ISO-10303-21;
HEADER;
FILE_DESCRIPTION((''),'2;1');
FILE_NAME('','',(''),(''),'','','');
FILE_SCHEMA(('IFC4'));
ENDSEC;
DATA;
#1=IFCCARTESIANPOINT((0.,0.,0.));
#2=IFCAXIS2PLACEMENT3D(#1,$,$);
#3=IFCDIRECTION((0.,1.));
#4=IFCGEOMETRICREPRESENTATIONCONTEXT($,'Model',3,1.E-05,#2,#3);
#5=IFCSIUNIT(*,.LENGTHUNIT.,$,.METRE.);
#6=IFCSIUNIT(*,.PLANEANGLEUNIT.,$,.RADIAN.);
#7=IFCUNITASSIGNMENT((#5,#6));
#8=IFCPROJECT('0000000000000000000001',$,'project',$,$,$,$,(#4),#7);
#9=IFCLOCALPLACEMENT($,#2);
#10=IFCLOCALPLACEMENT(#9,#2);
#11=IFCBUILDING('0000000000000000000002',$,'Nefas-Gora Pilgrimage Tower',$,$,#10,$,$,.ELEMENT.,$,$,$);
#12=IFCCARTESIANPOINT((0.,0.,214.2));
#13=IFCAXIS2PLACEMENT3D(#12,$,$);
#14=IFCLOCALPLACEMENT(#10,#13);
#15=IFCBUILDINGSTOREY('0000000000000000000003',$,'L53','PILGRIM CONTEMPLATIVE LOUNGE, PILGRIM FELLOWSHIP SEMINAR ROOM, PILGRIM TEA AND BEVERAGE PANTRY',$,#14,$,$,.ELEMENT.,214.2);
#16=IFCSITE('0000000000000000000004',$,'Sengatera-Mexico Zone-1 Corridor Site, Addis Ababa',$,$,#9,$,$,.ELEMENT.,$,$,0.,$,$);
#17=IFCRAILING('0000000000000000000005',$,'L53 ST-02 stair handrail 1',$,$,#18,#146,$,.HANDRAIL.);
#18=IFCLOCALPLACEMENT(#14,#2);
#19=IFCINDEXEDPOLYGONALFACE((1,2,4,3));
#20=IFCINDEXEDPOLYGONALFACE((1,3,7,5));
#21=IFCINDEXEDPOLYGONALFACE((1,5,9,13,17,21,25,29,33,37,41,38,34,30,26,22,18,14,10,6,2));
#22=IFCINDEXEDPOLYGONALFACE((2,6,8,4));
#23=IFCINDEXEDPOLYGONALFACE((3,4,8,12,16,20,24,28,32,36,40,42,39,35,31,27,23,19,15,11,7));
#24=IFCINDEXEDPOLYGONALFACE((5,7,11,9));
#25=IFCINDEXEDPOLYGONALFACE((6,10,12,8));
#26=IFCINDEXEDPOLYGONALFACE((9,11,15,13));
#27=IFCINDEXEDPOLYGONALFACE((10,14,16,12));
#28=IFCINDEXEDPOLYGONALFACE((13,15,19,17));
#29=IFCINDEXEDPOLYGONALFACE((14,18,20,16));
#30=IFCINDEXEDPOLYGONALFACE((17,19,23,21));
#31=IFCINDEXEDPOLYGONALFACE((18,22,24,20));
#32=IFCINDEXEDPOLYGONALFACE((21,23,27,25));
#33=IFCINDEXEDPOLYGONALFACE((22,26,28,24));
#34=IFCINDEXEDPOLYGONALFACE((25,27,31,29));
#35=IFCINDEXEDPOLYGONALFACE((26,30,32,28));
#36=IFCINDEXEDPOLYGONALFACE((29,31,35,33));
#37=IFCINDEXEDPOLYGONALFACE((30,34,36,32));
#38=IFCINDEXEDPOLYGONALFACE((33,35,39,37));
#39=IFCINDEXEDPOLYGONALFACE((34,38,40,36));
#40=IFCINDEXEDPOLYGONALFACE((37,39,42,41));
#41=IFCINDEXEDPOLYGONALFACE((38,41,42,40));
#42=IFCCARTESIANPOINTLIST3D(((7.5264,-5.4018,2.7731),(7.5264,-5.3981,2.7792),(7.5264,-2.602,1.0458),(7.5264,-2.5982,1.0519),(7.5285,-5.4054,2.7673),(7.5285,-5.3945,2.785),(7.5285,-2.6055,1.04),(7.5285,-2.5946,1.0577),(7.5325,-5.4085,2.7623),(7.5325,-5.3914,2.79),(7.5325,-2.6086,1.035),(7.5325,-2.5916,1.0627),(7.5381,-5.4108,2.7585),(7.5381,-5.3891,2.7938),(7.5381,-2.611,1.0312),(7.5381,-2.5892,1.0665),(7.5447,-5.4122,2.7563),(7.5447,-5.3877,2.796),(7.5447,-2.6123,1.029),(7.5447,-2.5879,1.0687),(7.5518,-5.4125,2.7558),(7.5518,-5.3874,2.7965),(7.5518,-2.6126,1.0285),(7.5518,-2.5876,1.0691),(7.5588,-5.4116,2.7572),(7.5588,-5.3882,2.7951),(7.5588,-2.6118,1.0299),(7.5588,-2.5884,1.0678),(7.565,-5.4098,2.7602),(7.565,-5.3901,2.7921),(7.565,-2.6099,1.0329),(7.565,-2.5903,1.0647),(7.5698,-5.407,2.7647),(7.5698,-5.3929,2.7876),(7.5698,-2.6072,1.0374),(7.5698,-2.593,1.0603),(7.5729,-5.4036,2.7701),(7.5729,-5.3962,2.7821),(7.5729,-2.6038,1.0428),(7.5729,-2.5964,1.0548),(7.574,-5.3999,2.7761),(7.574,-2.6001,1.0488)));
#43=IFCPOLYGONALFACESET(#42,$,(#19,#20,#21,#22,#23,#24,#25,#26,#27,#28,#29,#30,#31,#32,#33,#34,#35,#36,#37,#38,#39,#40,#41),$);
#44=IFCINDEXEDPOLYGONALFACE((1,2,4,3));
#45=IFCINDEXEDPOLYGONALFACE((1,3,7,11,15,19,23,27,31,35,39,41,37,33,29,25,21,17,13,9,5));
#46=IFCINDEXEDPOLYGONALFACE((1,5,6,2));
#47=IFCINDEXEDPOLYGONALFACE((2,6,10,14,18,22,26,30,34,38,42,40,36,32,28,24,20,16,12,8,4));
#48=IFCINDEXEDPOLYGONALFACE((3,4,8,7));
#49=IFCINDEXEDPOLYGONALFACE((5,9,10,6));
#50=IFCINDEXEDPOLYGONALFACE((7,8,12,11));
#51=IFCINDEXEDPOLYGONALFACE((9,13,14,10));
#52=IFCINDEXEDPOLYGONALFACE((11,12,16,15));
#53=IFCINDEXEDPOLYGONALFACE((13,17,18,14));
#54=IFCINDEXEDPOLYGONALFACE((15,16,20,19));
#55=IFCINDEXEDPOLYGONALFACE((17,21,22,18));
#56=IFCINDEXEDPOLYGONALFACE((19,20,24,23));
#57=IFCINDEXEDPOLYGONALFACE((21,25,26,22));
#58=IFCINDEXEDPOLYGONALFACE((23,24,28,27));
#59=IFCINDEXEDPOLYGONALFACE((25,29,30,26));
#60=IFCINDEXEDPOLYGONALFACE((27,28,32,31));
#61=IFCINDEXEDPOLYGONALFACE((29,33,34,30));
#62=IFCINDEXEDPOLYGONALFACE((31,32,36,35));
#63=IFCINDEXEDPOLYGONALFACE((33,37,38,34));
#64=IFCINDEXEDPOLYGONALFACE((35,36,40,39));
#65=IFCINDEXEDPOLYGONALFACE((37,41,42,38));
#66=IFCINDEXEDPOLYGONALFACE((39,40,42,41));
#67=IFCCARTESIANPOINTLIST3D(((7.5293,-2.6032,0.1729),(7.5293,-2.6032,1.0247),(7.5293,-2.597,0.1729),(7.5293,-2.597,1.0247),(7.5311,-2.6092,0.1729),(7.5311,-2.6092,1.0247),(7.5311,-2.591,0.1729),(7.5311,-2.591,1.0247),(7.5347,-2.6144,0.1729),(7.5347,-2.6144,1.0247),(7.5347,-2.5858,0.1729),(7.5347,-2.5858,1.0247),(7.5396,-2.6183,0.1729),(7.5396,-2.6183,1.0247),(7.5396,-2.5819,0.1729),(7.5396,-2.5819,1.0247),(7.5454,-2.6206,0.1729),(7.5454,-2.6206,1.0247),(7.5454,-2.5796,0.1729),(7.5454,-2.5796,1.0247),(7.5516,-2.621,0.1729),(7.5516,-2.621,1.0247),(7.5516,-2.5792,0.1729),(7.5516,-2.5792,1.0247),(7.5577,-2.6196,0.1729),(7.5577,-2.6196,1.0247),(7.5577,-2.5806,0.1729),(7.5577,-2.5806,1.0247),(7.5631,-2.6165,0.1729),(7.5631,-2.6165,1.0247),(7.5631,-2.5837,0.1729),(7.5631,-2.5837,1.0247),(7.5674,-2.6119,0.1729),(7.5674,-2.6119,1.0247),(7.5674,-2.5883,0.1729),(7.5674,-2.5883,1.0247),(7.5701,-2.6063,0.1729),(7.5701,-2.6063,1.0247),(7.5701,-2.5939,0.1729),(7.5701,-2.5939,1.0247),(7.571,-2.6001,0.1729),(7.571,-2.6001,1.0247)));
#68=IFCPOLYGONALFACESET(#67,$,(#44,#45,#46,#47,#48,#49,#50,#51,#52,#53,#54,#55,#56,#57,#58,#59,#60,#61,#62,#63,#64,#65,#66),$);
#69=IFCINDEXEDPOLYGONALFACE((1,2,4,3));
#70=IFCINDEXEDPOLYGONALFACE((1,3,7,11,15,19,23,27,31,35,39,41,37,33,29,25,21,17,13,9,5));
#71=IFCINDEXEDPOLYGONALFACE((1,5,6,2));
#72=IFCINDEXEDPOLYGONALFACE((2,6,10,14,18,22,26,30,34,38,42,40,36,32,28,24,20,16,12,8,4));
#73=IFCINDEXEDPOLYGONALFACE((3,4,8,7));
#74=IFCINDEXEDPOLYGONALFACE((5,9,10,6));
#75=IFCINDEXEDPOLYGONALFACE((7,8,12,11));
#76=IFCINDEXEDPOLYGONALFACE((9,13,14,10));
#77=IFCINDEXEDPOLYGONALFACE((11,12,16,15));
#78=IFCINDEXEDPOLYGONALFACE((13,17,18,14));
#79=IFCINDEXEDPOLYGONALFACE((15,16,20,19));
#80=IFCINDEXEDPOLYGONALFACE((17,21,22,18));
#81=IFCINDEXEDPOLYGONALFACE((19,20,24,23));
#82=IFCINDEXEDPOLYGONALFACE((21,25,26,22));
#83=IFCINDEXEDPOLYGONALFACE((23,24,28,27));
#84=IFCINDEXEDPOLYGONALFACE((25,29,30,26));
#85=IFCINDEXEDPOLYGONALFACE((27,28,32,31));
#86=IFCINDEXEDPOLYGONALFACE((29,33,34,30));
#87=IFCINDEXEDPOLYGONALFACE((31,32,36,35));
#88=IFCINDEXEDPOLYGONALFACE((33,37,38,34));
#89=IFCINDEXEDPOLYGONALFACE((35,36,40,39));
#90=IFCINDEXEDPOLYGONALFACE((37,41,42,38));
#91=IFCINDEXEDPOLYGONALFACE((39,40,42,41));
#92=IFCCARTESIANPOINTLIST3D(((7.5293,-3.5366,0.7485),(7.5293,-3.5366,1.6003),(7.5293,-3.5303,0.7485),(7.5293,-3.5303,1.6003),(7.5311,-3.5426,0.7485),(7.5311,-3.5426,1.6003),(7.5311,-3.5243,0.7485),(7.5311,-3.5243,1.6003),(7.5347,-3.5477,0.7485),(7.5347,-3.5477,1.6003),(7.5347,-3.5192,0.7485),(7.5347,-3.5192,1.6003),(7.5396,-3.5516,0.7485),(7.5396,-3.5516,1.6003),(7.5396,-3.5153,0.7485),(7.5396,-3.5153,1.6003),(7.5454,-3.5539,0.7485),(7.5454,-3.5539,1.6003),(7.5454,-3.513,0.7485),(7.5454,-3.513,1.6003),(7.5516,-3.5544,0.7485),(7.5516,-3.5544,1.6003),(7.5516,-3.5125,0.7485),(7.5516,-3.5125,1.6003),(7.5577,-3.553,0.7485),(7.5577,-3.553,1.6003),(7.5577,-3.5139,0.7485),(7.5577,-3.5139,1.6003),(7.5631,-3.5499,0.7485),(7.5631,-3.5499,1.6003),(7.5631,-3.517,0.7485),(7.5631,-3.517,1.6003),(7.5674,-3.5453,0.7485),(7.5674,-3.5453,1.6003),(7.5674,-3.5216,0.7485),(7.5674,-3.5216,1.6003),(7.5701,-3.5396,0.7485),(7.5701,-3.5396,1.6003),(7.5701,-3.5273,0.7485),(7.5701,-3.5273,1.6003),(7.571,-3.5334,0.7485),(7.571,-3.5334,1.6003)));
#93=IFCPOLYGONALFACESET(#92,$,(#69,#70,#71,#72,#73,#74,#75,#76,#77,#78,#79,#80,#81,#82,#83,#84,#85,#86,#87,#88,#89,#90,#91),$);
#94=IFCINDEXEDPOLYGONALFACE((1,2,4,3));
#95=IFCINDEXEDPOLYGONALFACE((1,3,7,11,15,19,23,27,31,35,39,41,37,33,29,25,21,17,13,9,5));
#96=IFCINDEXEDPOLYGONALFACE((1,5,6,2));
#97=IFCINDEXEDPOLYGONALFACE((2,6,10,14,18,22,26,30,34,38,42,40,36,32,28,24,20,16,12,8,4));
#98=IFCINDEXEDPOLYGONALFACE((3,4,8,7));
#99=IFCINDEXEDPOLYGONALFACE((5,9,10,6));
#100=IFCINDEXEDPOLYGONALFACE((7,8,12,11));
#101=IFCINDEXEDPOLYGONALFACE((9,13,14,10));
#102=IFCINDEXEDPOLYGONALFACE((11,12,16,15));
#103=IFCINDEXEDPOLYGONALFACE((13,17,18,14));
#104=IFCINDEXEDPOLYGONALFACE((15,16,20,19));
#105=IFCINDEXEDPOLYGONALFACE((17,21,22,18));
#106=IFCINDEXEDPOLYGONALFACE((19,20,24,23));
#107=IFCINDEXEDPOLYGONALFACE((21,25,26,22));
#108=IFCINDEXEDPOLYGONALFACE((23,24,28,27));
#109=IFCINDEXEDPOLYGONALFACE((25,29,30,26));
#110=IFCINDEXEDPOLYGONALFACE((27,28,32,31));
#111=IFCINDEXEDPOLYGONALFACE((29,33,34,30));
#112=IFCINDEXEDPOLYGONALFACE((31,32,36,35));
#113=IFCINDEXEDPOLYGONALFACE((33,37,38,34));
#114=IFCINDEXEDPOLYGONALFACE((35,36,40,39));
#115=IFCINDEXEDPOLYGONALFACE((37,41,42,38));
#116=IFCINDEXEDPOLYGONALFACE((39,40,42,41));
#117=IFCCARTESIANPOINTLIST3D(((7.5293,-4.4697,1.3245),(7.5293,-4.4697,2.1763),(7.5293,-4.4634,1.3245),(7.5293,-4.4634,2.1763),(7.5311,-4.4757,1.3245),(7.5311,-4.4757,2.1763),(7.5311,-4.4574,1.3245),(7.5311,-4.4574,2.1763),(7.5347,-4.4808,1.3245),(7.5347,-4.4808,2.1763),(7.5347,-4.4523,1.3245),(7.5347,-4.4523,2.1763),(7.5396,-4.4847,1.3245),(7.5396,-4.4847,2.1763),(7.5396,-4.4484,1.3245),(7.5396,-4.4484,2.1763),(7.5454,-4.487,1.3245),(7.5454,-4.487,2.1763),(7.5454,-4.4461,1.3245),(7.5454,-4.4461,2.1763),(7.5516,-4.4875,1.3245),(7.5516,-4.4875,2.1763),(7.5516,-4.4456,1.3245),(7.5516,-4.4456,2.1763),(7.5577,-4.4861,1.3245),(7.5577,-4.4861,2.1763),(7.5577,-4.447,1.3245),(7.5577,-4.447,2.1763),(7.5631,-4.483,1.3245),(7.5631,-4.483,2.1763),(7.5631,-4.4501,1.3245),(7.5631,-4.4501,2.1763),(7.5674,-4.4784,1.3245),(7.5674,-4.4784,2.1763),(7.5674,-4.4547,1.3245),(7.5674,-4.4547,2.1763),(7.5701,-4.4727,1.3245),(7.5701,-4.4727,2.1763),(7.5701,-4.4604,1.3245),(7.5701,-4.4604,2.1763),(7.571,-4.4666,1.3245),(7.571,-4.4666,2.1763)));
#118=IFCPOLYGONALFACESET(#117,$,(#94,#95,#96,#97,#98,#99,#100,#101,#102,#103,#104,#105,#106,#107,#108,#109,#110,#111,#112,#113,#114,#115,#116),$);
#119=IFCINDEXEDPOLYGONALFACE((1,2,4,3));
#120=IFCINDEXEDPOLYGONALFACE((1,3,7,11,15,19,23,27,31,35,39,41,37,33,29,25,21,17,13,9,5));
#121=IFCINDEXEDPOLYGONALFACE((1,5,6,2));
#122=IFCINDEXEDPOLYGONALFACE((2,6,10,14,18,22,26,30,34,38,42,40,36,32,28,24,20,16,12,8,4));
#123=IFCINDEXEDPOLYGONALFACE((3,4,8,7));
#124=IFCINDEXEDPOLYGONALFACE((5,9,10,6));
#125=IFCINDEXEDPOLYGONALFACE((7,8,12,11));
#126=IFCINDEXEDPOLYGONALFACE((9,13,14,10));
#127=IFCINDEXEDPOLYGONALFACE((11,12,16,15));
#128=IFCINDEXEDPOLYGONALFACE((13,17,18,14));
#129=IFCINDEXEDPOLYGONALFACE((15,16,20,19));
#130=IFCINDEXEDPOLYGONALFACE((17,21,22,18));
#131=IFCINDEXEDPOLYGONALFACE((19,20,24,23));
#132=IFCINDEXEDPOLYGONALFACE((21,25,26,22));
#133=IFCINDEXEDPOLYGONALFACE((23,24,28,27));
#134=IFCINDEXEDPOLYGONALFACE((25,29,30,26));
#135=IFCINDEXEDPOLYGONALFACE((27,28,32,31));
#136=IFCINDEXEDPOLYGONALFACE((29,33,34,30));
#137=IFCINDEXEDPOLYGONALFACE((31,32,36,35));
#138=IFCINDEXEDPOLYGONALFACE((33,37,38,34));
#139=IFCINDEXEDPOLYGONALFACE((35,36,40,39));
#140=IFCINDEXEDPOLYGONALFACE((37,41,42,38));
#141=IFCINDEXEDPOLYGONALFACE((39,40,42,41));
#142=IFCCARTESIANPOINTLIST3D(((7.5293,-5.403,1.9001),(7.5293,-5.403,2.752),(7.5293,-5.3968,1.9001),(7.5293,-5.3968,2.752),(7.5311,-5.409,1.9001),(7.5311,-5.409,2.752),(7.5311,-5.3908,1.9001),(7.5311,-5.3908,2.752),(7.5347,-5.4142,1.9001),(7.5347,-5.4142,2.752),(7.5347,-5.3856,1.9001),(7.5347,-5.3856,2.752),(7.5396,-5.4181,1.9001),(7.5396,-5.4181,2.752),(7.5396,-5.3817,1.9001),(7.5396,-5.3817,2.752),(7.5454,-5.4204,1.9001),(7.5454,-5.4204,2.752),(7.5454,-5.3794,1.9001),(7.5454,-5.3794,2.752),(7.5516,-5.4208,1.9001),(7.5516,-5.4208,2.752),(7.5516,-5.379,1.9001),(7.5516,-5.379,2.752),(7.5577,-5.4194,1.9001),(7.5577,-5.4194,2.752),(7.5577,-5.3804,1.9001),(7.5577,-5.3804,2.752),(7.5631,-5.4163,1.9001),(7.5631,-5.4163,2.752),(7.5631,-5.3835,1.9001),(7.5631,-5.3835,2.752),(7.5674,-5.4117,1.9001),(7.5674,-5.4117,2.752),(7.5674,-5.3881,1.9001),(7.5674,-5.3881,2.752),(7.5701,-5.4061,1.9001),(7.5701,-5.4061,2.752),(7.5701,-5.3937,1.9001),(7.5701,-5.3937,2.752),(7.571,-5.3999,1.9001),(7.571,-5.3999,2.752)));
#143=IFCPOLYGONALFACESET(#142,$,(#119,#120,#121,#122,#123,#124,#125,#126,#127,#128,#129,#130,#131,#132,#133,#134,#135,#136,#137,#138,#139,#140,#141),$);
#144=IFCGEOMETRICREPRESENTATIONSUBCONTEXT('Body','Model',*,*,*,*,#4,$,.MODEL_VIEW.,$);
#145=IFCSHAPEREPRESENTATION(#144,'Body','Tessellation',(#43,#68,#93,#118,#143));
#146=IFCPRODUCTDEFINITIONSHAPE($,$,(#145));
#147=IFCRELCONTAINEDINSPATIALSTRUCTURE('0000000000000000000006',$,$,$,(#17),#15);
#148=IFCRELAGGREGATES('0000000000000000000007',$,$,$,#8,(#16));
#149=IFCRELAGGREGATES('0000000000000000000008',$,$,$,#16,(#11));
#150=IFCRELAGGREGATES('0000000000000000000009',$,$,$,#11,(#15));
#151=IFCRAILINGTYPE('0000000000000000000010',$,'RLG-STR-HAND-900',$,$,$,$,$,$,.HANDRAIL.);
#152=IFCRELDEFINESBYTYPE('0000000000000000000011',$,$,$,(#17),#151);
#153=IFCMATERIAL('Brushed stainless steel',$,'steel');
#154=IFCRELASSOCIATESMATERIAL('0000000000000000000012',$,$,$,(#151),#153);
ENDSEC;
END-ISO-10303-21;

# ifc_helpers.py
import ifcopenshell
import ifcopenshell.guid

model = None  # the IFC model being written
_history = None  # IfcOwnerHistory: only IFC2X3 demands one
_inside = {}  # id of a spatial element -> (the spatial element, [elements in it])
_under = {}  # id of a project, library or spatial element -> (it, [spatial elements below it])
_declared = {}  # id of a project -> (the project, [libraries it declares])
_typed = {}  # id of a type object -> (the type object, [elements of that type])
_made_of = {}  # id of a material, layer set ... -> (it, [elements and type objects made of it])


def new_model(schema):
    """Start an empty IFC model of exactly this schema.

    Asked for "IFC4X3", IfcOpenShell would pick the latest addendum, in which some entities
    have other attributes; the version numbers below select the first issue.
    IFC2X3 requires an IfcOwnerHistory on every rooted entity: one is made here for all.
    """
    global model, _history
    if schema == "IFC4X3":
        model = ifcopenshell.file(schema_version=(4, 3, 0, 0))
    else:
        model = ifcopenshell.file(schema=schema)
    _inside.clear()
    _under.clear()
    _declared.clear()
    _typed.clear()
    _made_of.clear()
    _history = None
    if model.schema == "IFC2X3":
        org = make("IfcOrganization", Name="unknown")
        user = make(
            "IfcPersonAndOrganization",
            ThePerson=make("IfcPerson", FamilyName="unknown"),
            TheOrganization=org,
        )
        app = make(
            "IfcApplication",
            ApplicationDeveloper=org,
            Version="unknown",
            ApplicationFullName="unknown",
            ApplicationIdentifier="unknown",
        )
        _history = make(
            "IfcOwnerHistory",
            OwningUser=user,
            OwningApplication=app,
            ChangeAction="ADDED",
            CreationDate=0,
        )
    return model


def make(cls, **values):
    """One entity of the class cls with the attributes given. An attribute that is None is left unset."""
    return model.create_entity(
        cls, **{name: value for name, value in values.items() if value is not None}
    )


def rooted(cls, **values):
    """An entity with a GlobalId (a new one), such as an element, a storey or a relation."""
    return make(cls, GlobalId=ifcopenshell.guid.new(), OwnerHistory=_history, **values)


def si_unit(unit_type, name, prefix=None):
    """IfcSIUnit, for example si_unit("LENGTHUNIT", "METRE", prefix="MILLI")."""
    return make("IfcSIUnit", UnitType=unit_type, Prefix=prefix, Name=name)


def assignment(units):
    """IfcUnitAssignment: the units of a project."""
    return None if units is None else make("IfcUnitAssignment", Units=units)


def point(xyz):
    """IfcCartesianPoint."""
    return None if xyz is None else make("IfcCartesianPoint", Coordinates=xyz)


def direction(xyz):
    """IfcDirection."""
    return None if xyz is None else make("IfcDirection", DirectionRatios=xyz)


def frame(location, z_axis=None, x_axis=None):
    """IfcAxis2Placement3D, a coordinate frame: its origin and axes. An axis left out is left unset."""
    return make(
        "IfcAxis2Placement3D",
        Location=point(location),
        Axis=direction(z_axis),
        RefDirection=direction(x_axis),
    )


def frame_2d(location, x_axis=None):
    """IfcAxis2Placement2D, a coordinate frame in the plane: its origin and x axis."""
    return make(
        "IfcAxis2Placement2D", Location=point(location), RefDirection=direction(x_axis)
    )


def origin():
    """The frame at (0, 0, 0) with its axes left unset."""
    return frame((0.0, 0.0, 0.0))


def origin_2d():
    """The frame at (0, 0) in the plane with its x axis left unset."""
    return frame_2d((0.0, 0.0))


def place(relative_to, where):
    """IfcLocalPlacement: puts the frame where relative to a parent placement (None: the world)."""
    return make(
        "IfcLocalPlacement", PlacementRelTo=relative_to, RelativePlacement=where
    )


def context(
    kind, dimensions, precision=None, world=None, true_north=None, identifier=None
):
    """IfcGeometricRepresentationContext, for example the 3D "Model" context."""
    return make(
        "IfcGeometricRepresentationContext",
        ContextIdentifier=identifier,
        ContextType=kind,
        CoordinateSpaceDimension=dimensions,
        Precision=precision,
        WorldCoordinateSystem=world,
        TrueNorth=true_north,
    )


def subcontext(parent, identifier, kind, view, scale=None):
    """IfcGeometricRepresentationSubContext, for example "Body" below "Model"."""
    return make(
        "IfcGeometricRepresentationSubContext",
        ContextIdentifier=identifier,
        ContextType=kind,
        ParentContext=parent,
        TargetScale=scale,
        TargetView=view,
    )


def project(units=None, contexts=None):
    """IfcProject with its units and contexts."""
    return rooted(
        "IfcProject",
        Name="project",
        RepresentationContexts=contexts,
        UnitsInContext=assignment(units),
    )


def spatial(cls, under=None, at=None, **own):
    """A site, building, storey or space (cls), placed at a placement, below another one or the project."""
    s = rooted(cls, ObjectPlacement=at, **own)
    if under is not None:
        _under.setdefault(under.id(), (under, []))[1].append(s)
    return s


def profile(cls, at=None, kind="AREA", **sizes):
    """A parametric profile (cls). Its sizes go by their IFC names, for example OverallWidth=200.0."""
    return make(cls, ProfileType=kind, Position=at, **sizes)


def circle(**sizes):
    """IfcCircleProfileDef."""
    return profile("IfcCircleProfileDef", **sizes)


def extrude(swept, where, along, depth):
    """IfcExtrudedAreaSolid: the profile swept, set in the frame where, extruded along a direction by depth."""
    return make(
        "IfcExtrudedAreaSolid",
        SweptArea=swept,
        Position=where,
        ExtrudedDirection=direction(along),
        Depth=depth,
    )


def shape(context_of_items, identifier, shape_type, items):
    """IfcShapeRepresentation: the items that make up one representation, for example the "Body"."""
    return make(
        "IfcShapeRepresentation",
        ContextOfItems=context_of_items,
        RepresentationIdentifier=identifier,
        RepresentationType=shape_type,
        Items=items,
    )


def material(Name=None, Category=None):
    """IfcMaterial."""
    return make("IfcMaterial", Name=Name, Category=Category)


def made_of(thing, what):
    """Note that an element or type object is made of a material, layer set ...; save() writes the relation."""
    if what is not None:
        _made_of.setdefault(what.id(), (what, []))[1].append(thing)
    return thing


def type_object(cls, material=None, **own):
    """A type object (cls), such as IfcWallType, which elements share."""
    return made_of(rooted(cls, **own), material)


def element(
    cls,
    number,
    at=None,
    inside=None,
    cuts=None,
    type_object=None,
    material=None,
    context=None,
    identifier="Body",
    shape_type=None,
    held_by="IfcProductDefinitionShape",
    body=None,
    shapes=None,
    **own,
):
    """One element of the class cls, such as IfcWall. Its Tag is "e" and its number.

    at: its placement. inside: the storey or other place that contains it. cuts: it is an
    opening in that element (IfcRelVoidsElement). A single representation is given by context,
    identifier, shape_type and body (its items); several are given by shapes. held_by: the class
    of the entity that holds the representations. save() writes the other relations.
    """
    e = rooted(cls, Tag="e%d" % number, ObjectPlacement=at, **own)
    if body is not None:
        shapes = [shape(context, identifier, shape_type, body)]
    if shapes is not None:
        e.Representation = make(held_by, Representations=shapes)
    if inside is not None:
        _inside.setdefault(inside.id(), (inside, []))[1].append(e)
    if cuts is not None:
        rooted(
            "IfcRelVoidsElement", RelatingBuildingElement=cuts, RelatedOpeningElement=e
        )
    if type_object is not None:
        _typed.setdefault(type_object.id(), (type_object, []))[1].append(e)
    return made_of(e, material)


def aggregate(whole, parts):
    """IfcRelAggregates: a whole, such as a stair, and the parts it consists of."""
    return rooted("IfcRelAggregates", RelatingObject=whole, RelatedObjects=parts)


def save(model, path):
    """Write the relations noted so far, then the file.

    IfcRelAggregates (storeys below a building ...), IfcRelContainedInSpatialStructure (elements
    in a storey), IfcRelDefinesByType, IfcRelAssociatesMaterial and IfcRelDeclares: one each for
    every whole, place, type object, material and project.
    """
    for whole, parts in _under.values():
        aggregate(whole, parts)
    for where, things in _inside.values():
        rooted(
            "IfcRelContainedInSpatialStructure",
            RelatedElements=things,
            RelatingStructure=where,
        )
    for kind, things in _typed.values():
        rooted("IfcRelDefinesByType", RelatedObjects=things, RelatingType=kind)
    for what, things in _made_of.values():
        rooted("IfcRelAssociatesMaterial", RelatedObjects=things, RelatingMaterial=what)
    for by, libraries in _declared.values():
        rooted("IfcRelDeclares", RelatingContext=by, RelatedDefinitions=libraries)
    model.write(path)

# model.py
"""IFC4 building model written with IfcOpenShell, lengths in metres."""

from ifc_helpers import new_model, si_unit, direction, frame, origin, origin_2d, place, context, subcontext, project, spatial, circle, extrude, material, type_object, element, save


model = new_model("IFC4")

# Units and contexts
model_context = context("Model", 3, precision=1e-05, world=origin(), true_north=direction((0.0, 1.0)))
body_context = subcontext(model_context, "Body", "Model", "MODEL_VIEW")
ifc_project = project(units=[si_unit("LENGTHUNIT", "METRE"), si_unit("PLANEANGLEUNIT", "RADIAN")], contexts=[model_context])

# Site, building, storey
site_placement = place(None, origin())
site = spatial("IfcSite", under=ifc_project, at=site_placement, Name="Sengatera-Mexico Zone-1 Corridor Site, Addis Ababa", CompositionType="ELEMENT", RefElevation=0.0)
building_placement = place(site_placement, origin())
building = spatial("IfcBuilding", under=site, at=building_placement, Name="Nefas-Gora Pilgrimage Tower", CompositionType="ELEMENT")
storey_placement = place(building_placement, frame((0.0, 0.0, 214.2)))
storey = spatial("IfcBuildingStorey", under=building, at=storey_placement, Name="L53", Description="PILGRIM CONTEMPLATIVE LOUNGE, PILGRIM FELLOWSHIP SEMINAR ROOM, PILGRIM TEA AND BEVERAGE PANTRY", CompositionType="ELEMENT", Elevation=214.2)

# Railing
ifc_material_1 = material(Name="Brushed stainless steel", Category="steel")
railing_type_1 = type_object("IfcRailingType", Name="RLG-STR-HAND-900", PredefinedType="HANDRAIL", material=ifc_material_1)
railing_1_placement = place(storey_placement, frame((7.55, -2.6001, 0.1729)))
element("IfcRailing", 1, at=railing_1_placement, inside=storey, type_object=railing_type_1, Name="L53 ST-02 stair handrail 1", PredefinedType="HANDRAIL", context=body_context, shape_type="SweptSolid", body=[
    extrude(circle(Radius=0.0239, at=origin_2d()), frame((0.0, 0.0, 0.876), z_axis=(0.0, -0.851069, 0.525054), x_axis=(1.0, 0.0, 0.0)), (0.0, 0.0, 1.0), 3.2898),
    extrude(circle(Radius=0.021, at=origin_2d()), origin(), (0.0, 0.0, 1.0), 0.8518),
    extrude(circle(Radius=0.021, at=origin_2d()), frame((0.0, -0.9333, 0.5757)), (0.0, 0.0, 1.0), 0.8518),
    extrude(circle(Radius=0.021, at=origin_2d()), frame((0.0, -1.8665, 1.1516)), (0.0, 0.0, 1.0), 0.8518),
    extrude(circle(Radius=0.021, at=origin_2d()), frame((0.0, -2.7998, 1.7273)), (0.0, 0.0, 1.0), 0.8518),
])

save(model, "model.ifc")
